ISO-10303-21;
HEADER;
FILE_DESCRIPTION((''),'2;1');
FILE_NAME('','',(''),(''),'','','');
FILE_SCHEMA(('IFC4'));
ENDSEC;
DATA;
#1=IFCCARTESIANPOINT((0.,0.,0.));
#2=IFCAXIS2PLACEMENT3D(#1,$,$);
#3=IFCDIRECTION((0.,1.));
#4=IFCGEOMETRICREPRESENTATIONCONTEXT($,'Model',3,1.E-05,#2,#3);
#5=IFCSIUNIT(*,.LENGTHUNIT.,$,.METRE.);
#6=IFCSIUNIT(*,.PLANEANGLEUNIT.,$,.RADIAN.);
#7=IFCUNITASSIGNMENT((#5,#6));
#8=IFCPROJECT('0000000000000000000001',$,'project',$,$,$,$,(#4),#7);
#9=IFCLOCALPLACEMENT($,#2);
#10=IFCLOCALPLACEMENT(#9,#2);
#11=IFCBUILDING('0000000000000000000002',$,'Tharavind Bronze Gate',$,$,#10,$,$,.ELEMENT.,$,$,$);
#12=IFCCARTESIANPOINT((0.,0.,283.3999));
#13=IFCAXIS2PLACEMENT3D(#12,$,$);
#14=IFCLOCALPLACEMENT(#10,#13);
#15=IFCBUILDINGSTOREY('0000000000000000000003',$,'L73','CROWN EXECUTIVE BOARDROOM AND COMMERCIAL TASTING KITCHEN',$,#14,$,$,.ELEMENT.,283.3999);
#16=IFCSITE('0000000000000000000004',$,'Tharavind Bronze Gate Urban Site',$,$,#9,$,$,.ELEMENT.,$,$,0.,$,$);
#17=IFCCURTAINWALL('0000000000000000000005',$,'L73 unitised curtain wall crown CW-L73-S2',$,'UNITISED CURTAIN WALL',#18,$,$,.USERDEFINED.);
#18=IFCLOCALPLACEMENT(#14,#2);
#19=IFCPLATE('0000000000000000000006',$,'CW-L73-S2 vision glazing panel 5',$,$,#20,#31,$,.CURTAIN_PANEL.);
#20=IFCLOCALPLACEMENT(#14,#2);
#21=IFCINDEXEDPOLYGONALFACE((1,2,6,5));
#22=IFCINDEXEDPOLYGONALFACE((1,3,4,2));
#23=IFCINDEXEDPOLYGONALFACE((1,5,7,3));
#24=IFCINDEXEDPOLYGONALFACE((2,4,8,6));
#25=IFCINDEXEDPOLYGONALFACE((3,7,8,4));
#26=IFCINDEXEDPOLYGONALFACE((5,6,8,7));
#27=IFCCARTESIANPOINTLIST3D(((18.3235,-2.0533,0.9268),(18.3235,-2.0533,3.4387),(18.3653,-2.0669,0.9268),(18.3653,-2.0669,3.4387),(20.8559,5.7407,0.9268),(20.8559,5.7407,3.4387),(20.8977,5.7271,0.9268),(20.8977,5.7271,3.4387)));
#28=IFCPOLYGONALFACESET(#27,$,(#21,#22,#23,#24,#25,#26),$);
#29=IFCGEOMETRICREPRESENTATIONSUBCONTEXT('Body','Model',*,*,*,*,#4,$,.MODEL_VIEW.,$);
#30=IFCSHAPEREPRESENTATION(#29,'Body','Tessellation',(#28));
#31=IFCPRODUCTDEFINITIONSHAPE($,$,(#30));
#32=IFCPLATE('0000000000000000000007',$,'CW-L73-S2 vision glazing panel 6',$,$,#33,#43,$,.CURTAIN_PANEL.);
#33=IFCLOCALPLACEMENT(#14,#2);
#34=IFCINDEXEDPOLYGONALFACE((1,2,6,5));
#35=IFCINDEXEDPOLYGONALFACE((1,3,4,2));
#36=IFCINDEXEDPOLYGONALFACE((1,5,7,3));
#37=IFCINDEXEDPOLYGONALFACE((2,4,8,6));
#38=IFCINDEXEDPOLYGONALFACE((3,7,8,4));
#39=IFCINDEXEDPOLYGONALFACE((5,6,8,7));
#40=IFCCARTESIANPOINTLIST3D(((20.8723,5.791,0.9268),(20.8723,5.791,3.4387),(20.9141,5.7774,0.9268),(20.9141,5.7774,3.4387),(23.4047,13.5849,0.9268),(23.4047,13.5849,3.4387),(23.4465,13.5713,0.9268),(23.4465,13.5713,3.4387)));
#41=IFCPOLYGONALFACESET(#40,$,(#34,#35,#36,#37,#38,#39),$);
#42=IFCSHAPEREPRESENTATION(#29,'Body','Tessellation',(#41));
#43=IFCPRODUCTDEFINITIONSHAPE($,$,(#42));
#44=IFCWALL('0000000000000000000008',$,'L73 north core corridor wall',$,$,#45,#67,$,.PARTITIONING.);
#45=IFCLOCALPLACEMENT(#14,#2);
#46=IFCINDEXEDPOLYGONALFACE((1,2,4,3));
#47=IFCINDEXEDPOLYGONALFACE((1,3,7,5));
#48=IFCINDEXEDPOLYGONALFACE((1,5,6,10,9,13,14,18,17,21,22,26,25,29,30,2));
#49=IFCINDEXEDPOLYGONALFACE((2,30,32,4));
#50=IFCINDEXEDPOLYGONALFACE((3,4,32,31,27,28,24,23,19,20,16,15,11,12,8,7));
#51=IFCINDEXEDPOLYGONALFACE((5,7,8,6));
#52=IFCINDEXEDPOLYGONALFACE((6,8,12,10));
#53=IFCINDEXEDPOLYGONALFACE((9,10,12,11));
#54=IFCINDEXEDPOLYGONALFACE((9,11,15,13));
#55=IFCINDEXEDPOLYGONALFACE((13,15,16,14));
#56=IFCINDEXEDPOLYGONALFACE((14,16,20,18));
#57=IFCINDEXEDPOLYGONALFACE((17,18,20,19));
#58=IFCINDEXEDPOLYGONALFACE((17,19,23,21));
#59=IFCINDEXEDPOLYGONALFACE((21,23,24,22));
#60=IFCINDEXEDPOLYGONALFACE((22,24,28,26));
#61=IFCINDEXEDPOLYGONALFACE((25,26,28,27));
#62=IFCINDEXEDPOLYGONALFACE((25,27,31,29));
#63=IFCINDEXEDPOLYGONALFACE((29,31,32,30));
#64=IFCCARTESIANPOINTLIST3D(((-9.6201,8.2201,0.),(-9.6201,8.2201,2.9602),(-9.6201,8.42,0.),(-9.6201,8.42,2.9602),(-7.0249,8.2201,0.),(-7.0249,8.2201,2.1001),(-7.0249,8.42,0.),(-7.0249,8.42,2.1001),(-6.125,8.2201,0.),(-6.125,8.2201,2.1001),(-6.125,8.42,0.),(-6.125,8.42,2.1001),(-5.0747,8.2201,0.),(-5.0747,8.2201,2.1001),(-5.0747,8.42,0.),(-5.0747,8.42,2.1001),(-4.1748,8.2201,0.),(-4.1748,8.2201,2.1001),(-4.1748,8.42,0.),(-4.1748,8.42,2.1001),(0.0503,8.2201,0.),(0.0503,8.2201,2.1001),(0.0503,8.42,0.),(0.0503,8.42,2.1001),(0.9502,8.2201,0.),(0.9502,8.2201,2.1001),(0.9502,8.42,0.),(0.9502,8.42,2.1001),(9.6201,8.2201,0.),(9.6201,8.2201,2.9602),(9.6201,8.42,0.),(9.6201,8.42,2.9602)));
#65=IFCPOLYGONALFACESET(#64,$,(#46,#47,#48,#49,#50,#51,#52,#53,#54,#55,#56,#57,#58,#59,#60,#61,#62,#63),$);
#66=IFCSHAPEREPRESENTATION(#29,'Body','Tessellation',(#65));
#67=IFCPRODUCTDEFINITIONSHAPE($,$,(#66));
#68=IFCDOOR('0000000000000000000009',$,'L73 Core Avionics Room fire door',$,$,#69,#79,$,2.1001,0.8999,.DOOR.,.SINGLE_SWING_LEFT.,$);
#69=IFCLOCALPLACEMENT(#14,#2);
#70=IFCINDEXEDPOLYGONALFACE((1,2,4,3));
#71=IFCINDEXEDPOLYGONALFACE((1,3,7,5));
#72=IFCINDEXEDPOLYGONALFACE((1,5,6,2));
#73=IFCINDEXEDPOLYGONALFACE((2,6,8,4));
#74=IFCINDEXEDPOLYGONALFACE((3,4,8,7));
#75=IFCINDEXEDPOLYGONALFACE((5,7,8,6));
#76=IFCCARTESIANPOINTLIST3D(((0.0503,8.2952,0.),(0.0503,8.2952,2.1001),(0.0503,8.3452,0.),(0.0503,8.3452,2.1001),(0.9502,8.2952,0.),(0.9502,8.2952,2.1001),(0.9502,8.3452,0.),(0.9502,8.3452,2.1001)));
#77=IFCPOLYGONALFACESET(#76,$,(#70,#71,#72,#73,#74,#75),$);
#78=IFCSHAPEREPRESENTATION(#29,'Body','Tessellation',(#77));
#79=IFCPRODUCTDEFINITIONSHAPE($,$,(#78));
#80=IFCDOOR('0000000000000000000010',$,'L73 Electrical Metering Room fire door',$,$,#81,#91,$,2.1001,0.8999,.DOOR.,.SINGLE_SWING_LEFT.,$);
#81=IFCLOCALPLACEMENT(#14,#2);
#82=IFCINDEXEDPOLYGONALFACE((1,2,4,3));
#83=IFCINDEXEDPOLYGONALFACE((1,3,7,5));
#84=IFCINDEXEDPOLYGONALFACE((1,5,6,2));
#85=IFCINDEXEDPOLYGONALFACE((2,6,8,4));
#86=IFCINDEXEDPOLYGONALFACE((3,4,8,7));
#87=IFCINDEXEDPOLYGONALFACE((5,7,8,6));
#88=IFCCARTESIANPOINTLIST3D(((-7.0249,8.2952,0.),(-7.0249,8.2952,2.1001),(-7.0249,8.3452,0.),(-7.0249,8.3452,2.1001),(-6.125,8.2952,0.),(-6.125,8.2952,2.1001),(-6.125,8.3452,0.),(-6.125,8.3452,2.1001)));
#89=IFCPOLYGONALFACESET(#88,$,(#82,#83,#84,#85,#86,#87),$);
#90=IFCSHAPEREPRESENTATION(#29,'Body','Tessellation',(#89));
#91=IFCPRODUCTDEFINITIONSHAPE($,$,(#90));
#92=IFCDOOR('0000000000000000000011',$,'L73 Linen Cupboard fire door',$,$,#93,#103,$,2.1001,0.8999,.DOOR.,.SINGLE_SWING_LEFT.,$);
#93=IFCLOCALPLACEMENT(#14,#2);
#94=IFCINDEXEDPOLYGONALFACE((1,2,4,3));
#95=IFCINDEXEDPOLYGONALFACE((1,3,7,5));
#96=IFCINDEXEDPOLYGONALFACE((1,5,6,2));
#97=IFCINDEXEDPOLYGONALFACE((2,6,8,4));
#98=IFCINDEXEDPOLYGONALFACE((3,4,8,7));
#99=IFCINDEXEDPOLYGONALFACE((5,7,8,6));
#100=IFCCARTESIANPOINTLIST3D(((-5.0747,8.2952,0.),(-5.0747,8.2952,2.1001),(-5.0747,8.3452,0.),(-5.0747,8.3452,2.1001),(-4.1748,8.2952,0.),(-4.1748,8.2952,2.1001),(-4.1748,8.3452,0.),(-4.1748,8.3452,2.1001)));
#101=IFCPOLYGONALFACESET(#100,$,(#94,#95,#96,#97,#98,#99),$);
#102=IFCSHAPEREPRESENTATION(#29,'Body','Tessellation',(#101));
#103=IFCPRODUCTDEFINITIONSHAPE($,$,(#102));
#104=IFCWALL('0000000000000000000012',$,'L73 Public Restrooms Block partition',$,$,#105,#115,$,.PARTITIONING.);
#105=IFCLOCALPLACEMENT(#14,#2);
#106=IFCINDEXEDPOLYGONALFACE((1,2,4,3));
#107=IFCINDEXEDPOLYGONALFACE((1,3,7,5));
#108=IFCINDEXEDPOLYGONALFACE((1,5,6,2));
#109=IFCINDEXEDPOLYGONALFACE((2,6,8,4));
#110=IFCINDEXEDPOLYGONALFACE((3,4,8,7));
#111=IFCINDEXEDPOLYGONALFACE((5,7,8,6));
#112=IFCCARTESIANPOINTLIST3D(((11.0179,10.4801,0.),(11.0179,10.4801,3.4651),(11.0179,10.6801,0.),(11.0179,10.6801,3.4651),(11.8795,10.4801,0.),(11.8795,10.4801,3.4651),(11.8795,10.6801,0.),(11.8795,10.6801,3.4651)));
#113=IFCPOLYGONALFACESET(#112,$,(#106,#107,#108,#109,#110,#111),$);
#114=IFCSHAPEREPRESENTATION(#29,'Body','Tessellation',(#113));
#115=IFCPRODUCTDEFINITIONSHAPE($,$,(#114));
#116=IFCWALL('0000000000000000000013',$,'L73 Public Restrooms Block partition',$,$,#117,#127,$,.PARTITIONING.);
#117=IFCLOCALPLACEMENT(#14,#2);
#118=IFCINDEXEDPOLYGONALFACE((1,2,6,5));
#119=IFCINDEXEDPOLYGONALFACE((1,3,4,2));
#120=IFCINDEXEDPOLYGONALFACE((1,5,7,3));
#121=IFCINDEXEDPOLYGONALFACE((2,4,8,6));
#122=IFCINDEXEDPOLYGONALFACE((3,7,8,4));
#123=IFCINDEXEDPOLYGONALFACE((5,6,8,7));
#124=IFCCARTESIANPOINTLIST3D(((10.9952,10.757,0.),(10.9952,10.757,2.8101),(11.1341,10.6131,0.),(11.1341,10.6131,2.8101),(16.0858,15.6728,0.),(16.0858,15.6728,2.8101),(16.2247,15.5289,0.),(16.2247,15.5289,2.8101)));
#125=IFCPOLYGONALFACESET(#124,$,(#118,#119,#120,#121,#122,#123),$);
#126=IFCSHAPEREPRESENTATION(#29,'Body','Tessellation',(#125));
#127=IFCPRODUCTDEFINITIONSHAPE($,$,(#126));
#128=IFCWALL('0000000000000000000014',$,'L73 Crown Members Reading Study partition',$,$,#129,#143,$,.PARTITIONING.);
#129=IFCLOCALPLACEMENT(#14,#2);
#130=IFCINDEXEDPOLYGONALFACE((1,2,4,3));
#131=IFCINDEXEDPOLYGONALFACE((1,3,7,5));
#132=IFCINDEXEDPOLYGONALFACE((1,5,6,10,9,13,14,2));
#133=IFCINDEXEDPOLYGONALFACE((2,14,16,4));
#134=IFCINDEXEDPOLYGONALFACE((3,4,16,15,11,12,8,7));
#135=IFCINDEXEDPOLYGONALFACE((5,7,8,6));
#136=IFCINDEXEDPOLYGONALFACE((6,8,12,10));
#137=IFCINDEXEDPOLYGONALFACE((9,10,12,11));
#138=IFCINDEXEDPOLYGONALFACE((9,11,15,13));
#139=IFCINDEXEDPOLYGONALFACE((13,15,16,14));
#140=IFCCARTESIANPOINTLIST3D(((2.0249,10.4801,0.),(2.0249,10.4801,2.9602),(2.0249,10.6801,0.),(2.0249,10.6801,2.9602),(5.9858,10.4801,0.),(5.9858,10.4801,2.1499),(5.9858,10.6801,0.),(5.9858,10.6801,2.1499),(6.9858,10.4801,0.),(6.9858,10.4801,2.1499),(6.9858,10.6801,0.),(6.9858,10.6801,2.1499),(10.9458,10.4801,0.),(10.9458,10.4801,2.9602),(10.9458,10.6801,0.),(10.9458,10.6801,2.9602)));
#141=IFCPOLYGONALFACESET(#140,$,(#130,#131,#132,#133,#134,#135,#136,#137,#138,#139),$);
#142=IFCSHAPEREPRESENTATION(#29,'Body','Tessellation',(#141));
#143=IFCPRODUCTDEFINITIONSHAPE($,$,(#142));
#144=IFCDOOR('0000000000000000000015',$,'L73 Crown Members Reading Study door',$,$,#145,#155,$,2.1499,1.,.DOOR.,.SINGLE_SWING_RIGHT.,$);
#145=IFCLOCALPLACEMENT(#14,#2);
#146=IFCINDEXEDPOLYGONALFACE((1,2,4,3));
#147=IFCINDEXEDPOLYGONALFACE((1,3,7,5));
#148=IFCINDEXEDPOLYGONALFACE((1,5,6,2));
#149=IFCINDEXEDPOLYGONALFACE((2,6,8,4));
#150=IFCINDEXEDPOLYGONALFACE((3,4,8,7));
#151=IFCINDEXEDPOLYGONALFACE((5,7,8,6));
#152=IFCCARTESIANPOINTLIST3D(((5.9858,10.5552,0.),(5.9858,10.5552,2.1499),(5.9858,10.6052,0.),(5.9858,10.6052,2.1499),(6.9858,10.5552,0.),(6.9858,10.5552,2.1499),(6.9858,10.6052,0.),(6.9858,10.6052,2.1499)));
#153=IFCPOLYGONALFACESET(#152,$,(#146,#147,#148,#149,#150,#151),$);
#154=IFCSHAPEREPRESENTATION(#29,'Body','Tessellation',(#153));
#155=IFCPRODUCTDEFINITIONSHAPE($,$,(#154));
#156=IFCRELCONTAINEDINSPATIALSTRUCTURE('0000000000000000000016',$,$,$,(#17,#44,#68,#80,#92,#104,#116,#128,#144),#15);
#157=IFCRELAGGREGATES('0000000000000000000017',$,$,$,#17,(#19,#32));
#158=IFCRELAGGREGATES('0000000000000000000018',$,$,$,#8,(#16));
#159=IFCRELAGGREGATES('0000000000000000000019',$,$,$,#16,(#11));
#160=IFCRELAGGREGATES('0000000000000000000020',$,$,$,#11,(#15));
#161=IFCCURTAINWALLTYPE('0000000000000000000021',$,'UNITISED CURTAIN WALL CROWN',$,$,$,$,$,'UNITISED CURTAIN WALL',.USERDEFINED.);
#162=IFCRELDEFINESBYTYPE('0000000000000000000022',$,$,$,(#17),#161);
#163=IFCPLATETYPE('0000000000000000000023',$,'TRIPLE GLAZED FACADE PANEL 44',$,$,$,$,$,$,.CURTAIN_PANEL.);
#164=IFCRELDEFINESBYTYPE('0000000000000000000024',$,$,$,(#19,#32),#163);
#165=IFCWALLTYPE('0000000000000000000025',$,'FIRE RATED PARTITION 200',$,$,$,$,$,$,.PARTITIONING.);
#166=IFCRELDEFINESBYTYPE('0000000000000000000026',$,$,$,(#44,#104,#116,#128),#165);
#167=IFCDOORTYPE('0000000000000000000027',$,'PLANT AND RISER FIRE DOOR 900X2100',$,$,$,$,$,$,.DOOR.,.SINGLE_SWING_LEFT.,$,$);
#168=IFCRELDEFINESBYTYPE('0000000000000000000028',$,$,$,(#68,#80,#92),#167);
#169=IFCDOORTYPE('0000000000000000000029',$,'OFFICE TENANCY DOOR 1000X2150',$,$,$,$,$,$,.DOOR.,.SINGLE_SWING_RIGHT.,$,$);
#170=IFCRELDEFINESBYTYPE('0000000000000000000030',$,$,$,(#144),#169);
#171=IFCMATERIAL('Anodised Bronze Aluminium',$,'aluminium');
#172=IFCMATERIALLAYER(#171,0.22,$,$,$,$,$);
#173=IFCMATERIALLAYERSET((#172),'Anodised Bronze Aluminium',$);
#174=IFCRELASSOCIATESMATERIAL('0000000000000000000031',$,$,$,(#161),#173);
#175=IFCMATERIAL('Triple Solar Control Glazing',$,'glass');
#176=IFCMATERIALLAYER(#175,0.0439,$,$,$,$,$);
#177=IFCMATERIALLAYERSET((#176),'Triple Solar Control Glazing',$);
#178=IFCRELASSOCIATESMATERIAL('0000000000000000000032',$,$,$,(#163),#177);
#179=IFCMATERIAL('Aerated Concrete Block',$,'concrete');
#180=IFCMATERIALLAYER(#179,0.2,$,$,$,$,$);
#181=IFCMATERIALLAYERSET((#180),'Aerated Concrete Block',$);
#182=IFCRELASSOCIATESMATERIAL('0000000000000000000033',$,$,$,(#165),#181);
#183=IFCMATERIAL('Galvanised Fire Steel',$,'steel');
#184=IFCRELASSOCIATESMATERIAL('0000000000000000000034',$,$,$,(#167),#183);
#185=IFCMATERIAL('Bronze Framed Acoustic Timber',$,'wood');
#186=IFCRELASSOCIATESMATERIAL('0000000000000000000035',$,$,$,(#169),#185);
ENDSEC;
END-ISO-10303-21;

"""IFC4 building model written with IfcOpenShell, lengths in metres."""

from ifc_helpers import new_model, si_unit, direction, frame, frame_2d, origin, origin_2d, place, context, subcontext, project, spatial, rectangle, extrude, material, layer, layer_set, type_object, element, fill, aggregate, save


model = new_model("IFC4")

# Units and contexts
model_context = context("Model", 3, precision=1e-05, world=origin(), true_north=direction((0.0, 1.0)))
body_context = subcontext(model_context, "Body", "Model", "MODEL_VIEW")
ifc_project = project(units=[si_unit("LENGTHUNIT", "METRE"), si_unit("PLANEANGLEUNIT", "RADIAN")], contexts=[model_context])

# Site, building, storey
site_placement = place(None, origin())
site = spatial("IfcSite", under=ifc_project, at=site_placement, Name="Tharavind Bronze Gate Urban Site", CompositionType="ELEMENT", RefElevation=0.0)
building_placement = place(site_placement, origin())
building = spatial("IfcBuilding", under=site, at=building_placement, Name="Tharavind Bronze Gate", CompositionType="ELEMENT")
storey_placement = place(building_placement, frame((0.0, 0.0, 283.3999)))
storey = spatial("IfcBuildingStorey", under=building, at=storey_placement, Name="L73", Description="CROWN EXECUTIVE BOARDROOM AND COMMERCIAL TASTING KITCHEN", CompositionType="ELEMENT", Elevation=283.3999)

# Curtain wall
ifc_material_1 = material(Name="Anodised Bronze Aluminium", Category="aluminium")
ifc_layer_1 = layer(ifc_material_1, 0.22)
ifc_layer_set_1 = layer_set([ifc_layer_1], Name="Anodised Bronze Aluminium")
curtain_wall_type = type_object("IfcCurtainWallType", Name="UNITISED CURTAIN WALL CROWN", ElementType="UNITISED CURTAIN WALL", PredefinedType="USERDEFINED", material=ifc_layer_set_1)
curtain_wall_placement = place(storey_placement, origin())
curtain_wall = element("IfcCurtainWall", 1, at=curtain_wall_placement, inside=storey, type_object=curtain_wall_type, Name="L73 unitised curtain wall crown CW-L73-S2", ObjectType="UNITISED CURTAIN WALL", PredefinedType="USERDEFINED")

# Plates
ifc_material_2 = material(Name="Triple Solar Control Glazing", Category="glass")
ifc_layer_2 = layer(ifc_material_2, 0.0439)
ifc_layer_set_2 = layer_set([ifc_layer_2], Name="Triple Solar Control Glazing")
plate_type_1 = type_object("IfcPlateType", Name="TRIPLE GLAZED FACADE PANEL 44", PredefinedType="CURTAIN_PANEL", material=ifc_layer_set_2)
plate_1_placement = place(storey_placement, frame((19.6106, 1.8369, 0.9268), z_axis=(0.0, 0.0, 1.0), x_axis=(0.309017, 0.951057, 0.0)))
plate_1 = element("IfcPlate", 2, at=plate_1_placement, type_object=plate_type_1, Name="CW-L73-S2 vision glazing panel 5", PredefinedType="CURTAIN_PANEL", context=body_context, shape_type="SweptSolid", body=[
    extrude(rectangle(XDim=8.1951, YDim=0.0439, at=origin_2d()), origin(), (0.0, 0.0, 1.0), 2.512),
])
plate_2_placement = place(storey_placement, frame((22.1594, 9.6812, 0.9268), z_axis=(0.0, 0.0, 1.0), x_axis=(0.309017, 0.951057, 0.0)))
plate_2 = element("IfcPlate", 3, at=plate_2_placement, type_object=plate_type_1, Name="CW-L73-S2 vision glazing panel 6", PredefinedType="CURTAIN_PANEL", context=body_context, shape_type="SweptSolid", body=[
    extrude(rectangle(XDim=8.1951, YDim=0.0439, at=origin_2d()), origin(), (0.0, 0.0, 1.0), 2.512),
])
aggregate(curtain_wall, [plate_1, plate_2])

# Wall, openings, doors
ifc_material_3 = material(Name="Aerated Concrete Block", Category="concrete")
ifc_layer_3 = layer(ifc_material_3, 0.2)
ifc_layer_set_3 = layer_set([ifc_layer_3], Name="Aerated Concrete Block")
wall_type = type_object("IfcWallType", Name="FIRE RATED PARTITION 200", PredefinedType="PARTITIONING", material=ifc_layer_set_3)
wall_1_placement = place(storey_placement, frame((9.6201, 8.3201, 0.0), z_axis=(0.0, 0.0, 1.0), x_axis=(-1.0, 0.0, 0.0)))
wall_1 = element("IfcWall", 4, at=wall_1_placement, inside=storey, type_object=wall_type, Name="L73 north core corridor wall", PredefinedType="PARTITIONING", context=body_context, shape_type="SweptSolid", body=[
    extrude(rectangle(XDim=19.2402, YDim=0.2, at=frame_2d((9.6201, 0.0))), origin(), (0.0, 0.0, 1.0), 2.9602),
])
opening_1_placement = place(wall_1_placement, frame((8.6699, 0.0, 0.0)))
opening_1 = element("IfcOpeningElement", 5, at=opening_1_placement, cuts=wall_1, PredefinedType="OPENING", context=body_context, shape_type="SweptSolid", body=[
    extrude(rectangle(XDim=0.8999, YDim=2.1001, at=frame_2d((0.45, 1.05))), frame((0.0, 0.1101, 0.0), z_axis=(0.0, -1.0, 0.0), x_axis=(1.0, 0.0, 0.0)), (0.0, 0.0, 1.0), 0.22),
])
opening_2_placement = place(wall_1_placement, frame((15.7451, 0.0, 0.0)))
opening_2 = element("IfcOpeningElement", 6, at=opening_2_placement, cuts=wall_1, PredefinedType="OPENING", context=body_context, shape_type="SweptSolid", body=[
    extrude(rectangle(XDim=0.8999, YDim=2.1001, at=frame_2d((0.45, 1.05))), frame((0.0, 0.1101, 0.0), z_axis=(0.0, -1.0, 0.0), x_axis=(1.0, 0.0, 0.0)), (0.0, 0.0, 1.0), 0.22),
])
opening_3_placement = place(wall_1_placement, frame((13.7949, 0.0, 0.0)))
opening_3 = element("IfcOpeningElement", 7, at=opening_3_placement, cuts=wall_1, PredefinedType="OPENING", context=body_context, shape_type="SweptSolid", body=[
    extrude(rectangle(XDim=0.8999, YDim=2.1001, at=frame_2d((0.45, 1.05))), frame((0.0, 0.1101, 0.0), z_axis=(0.0, -1.0, 0.0), x_axis=(1.0, 0.0, 0.0)), (0.0, 0.0, 1.0), 0.22),
])
ifc_material_4 = material(Name="Galvanised Fire Steel", Category="steel")
door_type_1 = type_object("IfcDoorType", Name="PLANT AND RISER FIRE DOOR 900X2100", OperationType="SINGLE_SWING_LEFT", PredefinedType="DOOR", material=ifc_material_4)
door_1_placement = place(opening_1_placement, origin())
door_1 = element("IfcDoor", 8, at=door_1_placement, inside=storey, type_object=door_type_1, Name="L73 Core Avionics Room fire door", OperationType="SINGLE_SWING_LEFT", OverallHeight=2.1001, OverallWidth=0.8999, PredefinedType="DOOR", context=body_context, shape_type="SweptSolid", body=[
    extrude(rectangle(XDim=0.8999, YDim=2.1001, at=frame_2d((0.45, 1.05))), frame((0.0, 0.0249, 0.0), z_axis=(0.0, -1.0, 0.0), x_axis=(1.0, 0.0, 0.0)), (0.0, 0.0, 1.0), 0.05),
])
fill(opening_1, door_1)
door_2_placement = place(opening_2_placement, origin())
door_2 = element("IfcDoor", 9, at=door_2_placement, inside=storey, type_object=door_type_1, Name="L73 Electrical Metering Room fire door", OperationType="SINGLE_SWING_LEFT", OverallHeight=2.1001, OverallWidth=0.8999, PredefinedType="DOOR", context=body_context, shape_type="SweptSolid", body=[
    extrude(rectangle(XDim=0.8999, YDim=2.1001, at=frame_2d((0.45, 1.05))), frame((0.0, 0.0249, 0.0), z_axis=(0.0, -1.0, 0.0), x_axis=(1.0, 0.0, 0.0)), (0.0, 0.0, 1.0), 0.05),
])
fill(opening_2, door_2)
door_3_placement = place(opening_3_placement, origin())
door_3 = element("IfcDoor", 10, at=door_3_placement, inside=storey, type_object=door_type_1, Name="L73 Linen Cupboard fire door", OperationType="SINGLE_SWING_LEFT", OverallHeight=2.1001, OverallWidth=0.8999, PredefinedType="DOOR", context=body_context, shape_type="SweptSolid", body=[
    extrude(rectangle(XDim=0.8999, YDim=2.1001, at=frame_2d((0.45, 1.05))), frame((0.0, 0.0249, 0.0), z_axis=(0.0, -1.0, 0.0), x_axis=(1.0, 0.0, 0.0)), (0.0, 0.0, 1.0), 0.05),
])
fill(opening_3, door_3)

# Walls
wall_2_placement = place(storey_placement, frame((11.8794, 10.5801, 0.0), z_axis=(0.0, 0.0, 1.0), x_axis=(-1.0, 0.0, 0.0)))
element("IfcWall", 11, at=wall_2_placement, inside=storey, type_object=wall_type, Name="L73 Public Restrooms Block partition", PredefinedType="PARTITIONING", context=body_context, shape_type="SweptSolid", body=[
    extrude(rectangle(XDim=0.8616, YDim=0.2, at=frame_2d((0.4307, 0.0))), origin(), (0.0, 0.0, 1.0), 3.4651),
])
wall_3_placement = place(storey_placement, frame((11.0647, 10.6851, 0.0), z_axis=(0.0, 0.0, 1.0), x_axis=(0.71935, 0.694648, 0.0)))
element("IfcWall", 12, at=wall_3_placement, inside=storey, type_object=wall_type, Name="L73 Public Restrooms Block partition", PredefinedType="PARTITIONING", context=body_context, shape_type="SweptSolid", body=[
    extrude(rectangle(XDim=7.0767, YDim=0.2, at=frame_2d((3.5383, 0.0))), origin(), (0.0, 0.0, 1.0), 2.8101),
])

# Wall, opening, door
wall_4_placement = place(storey_placement, frame((10.9458, 10.5801, 0.0), z_axis=(0.0, 0.0, 1.0), x_axis=(-1.0, 0.0, 0.0)))
wall_4 = element("IfcWall", 13, at=wall_4_placement, inside=storey, type_object=wall_type, Name="L73 Crown Members Reading Study partition", PredefinedType="PARTITIONING", context=body_context, shape_type="SweptSolid", body=[
    extrude(rectangle(XDim=8.9209, YDim=0.2, at=frame_2d((4.4604, 0.0))), origin(), (0.0, 0.0, 1.0), 2.9602),
])
opening_4_placement = place(wall_4_placement, frame((3.96, 0.0, 0.0)))
opening_4 = element("IfcOpeningElement", 14, at=opening_4_placement, cuts=wall_4, PredefinedType="OPENING", context=body_context, shape_type="SweptSolid", body=[
    extrude(rectangle(XDim=1.0, YDim=2.1499, at=frame_2d((0.5, 1.075))), frame((0.0, 0.1101, 0.0), z_axis=(0.0, -1.0, 0.0), x_axis=(1.0, 0.0, 0.0)), (0.0, 0.0, 1.0), 0.22),
])
ifc_material_5 = material(Name="Bronze Framed Acoustic Timber", Category="wood")
door_type_2 = type_object("IfcDoorType", Name="OFFICE TENANCY DOOR 1000X2150", OperationType="SINGLE_SWING_RIGHT", PredefinedType="DOOR", material=ifc_material_5)
door_4_placement = place(opening_4_placement, origin())
door_4 = element("IfcDoor", 15, at=door_4_placement, inside=storey, type_object=door_type_2, Name="L73 Crown Members Reading Study door", OperationType="SINGLE_SWING_RIGHT", OverallHeight=2.1499, OverallWidth=1.0, PredefinedType="DOOR", context=body_context, shape_type="SweptSolid", body=[
    extrude(rectangle(XDim=1.0, YDim=2.1499, at=frame_2d((0.5, 1.075))), frame((0.0, 0.0249, 0.0), z_axis=(0.0, -1.0, 0.0), x_axis=(1.0, 0.0, 0.0)), (0.0, 0.0, 1.0), 0.05),
])
fill(opening_4, door_4)

save(model, "model.ifc")
